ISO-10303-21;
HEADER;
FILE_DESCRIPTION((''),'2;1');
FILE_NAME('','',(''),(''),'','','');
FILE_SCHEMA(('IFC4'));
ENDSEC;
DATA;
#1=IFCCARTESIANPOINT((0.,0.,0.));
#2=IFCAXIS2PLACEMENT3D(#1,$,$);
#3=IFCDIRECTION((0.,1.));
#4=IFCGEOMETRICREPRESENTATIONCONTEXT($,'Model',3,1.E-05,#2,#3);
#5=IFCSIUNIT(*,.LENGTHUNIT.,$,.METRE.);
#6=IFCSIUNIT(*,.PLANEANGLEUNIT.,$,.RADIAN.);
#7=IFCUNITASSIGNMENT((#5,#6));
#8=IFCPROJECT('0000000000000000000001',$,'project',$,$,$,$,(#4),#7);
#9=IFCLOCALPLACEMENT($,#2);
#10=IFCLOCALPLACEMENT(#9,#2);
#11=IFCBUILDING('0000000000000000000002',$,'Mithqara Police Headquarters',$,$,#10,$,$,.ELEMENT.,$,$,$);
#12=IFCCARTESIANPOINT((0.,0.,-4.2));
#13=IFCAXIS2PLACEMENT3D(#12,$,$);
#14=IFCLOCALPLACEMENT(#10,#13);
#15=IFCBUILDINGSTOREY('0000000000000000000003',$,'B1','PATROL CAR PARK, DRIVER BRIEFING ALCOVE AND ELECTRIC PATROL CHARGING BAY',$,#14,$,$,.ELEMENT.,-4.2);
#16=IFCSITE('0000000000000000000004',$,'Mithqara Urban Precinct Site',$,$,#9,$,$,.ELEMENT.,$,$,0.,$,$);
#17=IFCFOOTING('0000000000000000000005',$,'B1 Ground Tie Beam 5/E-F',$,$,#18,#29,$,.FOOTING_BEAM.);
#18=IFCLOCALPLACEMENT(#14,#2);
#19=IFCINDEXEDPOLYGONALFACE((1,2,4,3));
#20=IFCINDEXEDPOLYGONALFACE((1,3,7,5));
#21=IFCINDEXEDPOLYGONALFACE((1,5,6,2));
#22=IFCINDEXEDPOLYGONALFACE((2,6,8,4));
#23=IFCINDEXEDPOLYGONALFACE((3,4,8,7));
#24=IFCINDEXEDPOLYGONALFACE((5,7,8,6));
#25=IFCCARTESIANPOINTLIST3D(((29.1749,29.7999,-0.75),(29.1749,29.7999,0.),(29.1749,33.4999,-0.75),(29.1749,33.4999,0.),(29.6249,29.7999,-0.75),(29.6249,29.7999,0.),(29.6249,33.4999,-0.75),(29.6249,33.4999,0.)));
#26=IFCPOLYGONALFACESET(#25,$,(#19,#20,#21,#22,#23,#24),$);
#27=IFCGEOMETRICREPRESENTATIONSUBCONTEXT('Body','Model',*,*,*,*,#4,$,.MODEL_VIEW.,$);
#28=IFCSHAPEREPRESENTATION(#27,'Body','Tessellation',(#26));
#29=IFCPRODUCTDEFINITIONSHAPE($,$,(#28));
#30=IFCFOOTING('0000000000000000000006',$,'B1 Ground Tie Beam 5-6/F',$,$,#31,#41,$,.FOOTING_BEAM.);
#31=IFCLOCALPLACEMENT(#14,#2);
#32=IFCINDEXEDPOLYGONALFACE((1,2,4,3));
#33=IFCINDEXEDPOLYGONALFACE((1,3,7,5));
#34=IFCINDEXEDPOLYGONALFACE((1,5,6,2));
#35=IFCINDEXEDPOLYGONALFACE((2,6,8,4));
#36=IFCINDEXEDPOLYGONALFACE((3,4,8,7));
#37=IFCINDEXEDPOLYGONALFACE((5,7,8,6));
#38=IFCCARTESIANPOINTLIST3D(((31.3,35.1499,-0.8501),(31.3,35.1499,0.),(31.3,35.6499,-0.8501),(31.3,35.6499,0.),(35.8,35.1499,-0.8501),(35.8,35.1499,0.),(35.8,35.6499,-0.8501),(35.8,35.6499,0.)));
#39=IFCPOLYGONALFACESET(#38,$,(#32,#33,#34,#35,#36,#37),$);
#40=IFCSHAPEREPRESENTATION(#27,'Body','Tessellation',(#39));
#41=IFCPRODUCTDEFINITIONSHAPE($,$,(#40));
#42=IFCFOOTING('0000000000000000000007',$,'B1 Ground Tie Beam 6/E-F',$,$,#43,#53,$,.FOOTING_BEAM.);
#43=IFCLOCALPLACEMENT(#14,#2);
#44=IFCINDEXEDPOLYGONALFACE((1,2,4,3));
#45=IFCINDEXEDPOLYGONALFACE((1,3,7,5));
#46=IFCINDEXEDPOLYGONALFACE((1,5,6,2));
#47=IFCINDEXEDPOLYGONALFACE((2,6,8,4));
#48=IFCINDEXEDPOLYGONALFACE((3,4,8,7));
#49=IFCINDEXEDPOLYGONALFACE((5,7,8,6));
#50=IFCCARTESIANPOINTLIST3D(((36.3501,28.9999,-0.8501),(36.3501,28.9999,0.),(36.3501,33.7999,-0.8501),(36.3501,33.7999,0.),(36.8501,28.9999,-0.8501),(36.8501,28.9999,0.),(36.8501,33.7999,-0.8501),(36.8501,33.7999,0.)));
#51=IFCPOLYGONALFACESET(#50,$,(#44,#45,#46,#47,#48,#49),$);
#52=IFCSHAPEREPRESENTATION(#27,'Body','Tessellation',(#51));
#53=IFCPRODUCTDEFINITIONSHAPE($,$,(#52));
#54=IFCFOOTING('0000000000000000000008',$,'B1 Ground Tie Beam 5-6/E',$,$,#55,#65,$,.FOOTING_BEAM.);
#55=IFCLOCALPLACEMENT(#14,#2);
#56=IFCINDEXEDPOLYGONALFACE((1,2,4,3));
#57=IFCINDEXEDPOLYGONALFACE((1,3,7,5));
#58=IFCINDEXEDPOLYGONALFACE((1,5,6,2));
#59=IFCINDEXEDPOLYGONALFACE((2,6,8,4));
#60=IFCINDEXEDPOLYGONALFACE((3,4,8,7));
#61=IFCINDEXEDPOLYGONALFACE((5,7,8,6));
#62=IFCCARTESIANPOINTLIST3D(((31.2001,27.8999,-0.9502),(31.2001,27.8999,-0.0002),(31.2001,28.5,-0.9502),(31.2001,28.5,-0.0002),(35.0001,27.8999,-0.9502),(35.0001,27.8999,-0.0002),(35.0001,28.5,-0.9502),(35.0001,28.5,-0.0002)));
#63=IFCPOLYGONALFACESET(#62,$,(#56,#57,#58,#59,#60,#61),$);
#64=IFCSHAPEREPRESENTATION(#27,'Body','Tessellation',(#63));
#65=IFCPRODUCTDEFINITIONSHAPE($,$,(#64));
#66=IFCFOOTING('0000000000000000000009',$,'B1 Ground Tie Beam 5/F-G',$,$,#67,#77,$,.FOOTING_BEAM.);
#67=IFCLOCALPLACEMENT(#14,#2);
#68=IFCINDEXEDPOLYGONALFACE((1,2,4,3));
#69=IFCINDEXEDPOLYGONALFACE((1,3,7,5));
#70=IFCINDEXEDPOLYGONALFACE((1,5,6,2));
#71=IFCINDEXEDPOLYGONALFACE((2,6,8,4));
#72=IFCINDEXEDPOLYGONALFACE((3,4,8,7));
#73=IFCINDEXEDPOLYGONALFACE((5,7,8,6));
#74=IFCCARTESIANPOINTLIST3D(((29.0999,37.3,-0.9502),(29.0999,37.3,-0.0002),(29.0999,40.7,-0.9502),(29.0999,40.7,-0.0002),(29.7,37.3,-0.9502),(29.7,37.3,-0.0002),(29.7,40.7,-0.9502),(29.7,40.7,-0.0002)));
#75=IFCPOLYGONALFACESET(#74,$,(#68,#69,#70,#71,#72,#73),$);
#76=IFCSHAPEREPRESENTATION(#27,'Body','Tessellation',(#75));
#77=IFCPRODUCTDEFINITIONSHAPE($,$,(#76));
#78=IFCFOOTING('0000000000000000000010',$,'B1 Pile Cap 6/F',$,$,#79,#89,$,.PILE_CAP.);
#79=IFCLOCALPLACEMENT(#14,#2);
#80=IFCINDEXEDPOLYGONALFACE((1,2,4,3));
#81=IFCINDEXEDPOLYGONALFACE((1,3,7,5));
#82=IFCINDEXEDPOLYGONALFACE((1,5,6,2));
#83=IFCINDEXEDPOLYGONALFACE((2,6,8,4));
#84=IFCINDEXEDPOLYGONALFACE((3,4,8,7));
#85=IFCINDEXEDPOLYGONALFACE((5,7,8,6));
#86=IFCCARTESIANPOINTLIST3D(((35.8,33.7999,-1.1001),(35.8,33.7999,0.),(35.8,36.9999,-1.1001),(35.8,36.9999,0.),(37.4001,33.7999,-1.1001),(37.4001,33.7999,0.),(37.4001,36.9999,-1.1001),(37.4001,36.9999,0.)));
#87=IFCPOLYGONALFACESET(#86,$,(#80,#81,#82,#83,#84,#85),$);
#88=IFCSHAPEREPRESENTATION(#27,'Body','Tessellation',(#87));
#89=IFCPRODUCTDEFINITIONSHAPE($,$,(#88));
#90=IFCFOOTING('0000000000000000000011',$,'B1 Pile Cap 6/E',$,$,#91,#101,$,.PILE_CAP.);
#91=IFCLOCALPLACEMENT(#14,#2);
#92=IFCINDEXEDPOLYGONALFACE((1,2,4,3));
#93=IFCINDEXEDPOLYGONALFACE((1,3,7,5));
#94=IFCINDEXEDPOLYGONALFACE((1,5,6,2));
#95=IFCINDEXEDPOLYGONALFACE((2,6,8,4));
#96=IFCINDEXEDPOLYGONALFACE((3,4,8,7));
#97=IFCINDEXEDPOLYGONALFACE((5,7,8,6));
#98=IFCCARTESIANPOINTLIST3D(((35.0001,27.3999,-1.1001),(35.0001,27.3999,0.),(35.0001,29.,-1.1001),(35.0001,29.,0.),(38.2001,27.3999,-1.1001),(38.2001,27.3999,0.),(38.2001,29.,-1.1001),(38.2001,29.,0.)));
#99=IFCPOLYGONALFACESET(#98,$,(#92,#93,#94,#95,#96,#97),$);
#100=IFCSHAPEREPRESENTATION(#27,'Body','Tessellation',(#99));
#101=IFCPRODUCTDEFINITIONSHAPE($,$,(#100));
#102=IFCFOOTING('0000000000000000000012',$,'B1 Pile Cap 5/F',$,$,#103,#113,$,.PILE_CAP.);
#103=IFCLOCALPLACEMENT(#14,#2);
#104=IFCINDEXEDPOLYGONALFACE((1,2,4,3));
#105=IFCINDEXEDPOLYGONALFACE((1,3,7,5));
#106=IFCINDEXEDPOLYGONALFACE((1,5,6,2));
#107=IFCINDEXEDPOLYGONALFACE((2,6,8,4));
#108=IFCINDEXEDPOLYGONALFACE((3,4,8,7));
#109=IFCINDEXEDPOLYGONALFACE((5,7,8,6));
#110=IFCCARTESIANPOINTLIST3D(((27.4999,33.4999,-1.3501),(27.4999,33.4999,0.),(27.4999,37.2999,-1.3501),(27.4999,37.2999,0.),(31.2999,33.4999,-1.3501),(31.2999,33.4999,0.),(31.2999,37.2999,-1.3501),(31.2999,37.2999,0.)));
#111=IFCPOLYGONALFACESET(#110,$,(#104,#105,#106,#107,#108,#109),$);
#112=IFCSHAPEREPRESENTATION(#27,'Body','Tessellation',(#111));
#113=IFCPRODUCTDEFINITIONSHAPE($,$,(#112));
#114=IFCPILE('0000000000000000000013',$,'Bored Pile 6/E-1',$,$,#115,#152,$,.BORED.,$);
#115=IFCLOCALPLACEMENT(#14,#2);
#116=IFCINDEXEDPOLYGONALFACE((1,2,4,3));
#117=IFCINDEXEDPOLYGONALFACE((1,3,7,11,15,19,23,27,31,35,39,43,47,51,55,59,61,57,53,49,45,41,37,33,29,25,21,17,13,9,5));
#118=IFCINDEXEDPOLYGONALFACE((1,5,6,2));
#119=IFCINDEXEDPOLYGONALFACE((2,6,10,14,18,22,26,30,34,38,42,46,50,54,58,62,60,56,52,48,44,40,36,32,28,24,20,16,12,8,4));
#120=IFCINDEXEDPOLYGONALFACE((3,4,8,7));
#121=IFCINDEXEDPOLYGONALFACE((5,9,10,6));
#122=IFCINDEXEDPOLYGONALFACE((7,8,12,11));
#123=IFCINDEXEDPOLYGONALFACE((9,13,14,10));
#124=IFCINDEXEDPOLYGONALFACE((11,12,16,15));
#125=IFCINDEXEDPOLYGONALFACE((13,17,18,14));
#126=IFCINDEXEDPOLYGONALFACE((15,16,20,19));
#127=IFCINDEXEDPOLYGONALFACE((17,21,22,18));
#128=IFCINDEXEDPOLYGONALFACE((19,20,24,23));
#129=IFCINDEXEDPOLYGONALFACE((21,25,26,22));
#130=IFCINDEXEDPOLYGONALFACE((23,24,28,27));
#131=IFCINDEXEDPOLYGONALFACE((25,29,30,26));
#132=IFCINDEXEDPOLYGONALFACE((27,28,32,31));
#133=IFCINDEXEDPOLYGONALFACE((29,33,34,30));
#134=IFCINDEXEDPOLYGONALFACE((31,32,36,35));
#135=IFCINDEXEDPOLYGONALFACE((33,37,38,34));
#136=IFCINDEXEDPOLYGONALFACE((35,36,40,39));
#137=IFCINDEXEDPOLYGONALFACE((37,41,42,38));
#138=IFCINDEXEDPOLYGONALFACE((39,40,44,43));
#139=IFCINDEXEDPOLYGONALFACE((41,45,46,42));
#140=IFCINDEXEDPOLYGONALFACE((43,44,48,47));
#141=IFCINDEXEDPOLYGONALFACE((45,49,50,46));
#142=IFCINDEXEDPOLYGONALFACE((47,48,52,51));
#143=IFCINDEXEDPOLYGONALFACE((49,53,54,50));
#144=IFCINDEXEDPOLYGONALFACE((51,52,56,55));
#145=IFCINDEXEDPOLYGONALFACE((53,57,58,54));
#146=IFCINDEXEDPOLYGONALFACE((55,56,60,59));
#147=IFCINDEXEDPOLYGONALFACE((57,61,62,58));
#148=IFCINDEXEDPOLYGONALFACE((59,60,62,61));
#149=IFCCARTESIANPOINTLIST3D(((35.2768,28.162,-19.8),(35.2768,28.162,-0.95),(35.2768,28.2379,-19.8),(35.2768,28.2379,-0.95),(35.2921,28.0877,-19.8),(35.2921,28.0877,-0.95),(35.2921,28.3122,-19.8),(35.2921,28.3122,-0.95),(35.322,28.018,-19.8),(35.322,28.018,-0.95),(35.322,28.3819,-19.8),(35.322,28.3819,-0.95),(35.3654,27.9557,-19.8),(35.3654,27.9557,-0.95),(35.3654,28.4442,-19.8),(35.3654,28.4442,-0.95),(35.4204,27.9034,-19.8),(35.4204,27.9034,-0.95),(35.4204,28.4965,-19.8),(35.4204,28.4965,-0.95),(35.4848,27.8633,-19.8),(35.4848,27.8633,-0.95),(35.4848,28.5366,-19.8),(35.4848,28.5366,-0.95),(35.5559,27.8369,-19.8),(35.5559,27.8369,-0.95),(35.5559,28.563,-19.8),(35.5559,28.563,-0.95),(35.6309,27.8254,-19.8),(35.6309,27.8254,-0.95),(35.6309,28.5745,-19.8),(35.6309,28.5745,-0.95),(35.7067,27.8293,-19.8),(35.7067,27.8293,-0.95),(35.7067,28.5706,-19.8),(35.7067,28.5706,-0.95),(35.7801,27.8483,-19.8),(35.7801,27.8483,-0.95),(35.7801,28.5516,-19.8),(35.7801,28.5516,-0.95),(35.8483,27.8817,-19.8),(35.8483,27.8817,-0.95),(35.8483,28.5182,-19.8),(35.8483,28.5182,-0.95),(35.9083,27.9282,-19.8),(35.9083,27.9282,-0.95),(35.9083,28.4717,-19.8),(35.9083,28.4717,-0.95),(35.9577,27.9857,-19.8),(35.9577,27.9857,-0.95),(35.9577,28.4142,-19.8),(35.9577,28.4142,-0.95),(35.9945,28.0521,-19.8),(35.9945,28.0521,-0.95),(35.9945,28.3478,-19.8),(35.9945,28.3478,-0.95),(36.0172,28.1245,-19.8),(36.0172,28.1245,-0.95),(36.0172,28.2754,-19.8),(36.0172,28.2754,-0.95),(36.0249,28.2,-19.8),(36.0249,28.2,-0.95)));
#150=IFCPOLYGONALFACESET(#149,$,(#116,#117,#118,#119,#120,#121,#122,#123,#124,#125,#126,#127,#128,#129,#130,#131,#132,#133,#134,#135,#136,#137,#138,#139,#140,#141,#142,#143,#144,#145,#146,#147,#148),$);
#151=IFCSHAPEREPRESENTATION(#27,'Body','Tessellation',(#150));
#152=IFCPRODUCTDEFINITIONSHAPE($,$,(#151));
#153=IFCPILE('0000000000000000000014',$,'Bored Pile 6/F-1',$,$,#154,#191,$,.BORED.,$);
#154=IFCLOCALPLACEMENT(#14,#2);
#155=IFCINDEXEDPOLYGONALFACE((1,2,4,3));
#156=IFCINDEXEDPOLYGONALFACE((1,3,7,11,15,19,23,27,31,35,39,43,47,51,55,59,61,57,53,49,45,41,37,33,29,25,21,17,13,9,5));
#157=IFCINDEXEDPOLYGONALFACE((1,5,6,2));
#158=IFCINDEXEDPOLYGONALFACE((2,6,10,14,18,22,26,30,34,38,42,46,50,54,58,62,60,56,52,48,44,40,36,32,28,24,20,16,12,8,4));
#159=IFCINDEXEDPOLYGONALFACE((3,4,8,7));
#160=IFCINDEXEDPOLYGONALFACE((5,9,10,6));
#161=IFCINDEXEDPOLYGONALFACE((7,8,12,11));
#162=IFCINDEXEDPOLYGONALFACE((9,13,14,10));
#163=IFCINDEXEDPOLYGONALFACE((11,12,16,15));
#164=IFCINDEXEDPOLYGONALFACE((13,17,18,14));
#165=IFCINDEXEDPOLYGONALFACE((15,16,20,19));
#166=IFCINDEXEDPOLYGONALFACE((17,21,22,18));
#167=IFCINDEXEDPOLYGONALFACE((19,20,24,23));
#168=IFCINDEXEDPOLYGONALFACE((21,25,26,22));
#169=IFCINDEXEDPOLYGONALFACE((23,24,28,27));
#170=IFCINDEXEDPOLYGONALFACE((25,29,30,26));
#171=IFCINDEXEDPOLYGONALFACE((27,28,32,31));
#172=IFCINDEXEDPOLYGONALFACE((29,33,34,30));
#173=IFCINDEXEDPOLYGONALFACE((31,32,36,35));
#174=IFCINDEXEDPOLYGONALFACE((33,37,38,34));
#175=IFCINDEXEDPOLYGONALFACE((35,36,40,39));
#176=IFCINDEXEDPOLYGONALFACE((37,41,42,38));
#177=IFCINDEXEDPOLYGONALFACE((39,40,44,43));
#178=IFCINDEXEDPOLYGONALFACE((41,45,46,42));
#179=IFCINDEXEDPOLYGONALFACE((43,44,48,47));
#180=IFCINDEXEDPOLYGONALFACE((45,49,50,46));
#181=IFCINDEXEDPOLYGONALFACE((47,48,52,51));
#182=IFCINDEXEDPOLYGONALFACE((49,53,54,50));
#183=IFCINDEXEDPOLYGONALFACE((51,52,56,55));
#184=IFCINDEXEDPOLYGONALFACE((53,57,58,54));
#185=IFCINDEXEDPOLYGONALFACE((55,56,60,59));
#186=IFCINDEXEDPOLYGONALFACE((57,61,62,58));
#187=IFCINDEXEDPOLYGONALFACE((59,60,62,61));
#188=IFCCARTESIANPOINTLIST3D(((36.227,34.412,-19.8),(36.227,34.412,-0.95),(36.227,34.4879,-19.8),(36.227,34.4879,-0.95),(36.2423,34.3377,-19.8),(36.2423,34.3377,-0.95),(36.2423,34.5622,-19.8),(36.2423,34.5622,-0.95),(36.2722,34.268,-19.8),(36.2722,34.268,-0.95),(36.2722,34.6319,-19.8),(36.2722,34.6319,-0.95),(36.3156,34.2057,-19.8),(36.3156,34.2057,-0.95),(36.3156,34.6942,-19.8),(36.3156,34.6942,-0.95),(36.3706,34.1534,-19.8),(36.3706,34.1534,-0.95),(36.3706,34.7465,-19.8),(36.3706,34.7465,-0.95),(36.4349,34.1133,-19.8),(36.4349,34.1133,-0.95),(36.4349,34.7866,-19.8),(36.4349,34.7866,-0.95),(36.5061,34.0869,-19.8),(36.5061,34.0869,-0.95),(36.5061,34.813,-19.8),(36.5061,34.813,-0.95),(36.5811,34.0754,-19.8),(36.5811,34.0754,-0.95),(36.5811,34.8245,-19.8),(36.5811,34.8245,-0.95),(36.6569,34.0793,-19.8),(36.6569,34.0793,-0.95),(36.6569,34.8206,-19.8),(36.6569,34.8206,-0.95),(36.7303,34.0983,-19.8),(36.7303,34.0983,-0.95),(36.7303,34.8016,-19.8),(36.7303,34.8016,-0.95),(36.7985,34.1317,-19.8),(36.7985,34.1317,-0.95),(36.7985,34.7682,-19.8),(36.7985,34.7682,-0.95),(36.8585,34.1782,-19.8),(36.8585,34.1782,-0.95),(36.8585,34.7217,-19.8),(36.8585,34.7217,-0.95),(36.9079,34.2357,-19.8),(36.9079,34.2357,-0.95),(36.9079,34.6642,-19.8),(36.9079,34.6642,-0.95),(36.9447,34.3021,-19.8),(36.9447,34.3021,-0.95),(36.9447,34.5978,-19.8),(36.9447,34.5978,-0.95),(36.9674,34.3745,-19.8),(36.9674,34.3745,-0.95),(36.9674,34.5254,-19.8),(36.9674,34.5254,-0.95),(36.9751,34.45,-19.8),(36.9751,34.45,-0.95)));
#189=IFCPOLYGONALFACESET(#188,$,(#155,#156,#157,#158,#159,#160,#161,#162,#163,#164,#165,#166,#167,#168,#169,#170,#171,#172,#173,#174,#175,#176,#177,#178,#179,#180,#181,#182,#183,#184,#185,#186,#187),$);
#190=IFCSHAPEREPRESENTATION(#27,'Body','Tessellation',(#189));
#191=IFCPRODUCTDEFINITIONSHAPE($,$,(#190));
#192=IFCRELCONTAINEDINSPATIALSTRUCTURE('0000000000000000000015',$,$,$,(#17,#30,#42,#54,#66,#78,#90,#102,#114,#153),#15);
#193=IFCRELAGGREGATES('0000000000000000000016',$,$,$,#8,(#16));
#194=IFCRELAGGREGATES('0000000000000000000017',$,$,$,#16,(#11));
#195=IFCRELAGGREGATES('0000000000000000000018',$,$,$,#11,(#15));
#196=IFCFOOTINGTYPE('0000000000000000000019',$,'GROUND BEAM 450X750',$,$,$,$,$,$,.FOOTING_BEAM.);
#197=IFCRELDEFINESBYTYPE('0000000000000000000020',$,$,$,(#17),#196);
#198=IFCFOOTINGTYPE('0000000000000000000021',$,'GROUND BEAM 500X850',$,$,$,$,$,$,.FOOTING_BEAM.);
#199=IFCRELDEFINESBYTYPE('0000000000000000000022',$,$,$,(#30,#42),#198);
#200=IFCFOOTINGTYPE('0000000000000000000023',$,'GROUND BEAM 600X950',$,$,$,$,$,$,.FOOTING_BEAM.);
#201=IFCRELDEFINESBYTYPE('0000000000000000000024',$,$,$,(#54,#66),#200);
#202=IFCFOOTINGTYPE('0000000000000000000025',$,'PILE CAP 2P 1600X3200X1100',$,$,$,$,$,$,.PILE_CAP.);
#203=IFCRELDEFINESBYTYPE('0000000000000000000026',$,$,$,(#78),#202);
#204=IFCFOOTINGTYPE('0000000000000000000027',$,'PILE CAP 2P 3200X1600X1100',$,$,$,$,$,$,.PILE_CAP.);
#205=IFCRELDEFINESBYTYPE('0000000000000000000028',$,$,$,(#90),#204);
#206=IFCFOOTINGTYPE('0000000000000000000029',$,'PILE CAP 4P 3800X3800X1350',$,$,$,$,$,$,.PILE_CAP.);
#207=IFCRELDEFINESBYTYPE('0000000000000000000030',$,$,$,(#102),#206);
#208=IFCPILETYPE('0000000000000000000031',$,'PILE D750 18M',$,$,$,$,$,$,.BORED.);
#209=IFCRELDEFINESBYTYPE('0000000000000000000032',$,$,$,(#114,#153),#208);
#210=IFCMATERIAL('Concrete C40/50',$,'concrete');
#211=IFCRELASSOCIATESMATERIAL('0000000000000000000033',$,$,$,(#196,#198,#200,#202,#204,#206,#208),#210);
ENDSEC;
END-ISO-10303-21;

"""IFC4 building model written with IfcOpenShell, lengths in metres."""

from ifc_helpers import new_model, si_unit, direction, frame, origin, origin_2d, place, context, subcontext, project, spatial, rectangle, circle, extrude, material, material_profile, profile_set, type_object, element, save


model = new_model("IFC4")

# Units and contexts
model_context = context("Model", 3, precision=1e-05, world=origin(), true_north=direction((0.0, 1.0)))
body_context = subcontext(model_context, "Body", "Model", "MODEL_VIEW")
ifc_project = project(units=[si_unit("LENGTHUNIT", "METRE"), si_unit("PLANEANGLEUNIT", "RADIAN")], contexts=[model_context])

# Site, building, storey
site_placement = place(None, origin())
site = spatial("IfcSite", under=ifc_project, at=site_placement, Name="Mithqara Urban Precinct Site", CompositionType="ELEMENT", RefElevation=0.0)
building_placement = place(site_placement, origin())
building = spatial("IfcBuilding", under=site, at=building_placement, Name="Mithqara Police Headquarters", CompositionType="ELEMENT")
storey_placement = place(building_placement, frame((0.0, 0.0, -4.2)))
storey = spatial("IfcBuildingStorey", under=building, at=storey_placement, Name="B1", Description="PATROL CAR PARK, DRIVER BRIEFING ALCOVE AND ELECTRIC PATROL CHARGING BAY", CompositionType="ELEMENT", Elevation=-4.2)

# Footings
ifc_material_1 = material(Name="Concrete C40/50", Category="concrete")
footing_type_1 = type_object("IfcFootingType", Name="GROUND BEAM 450X750", PredefinedType="FOOTING_BEAM", material=ifc_material_1)
footing_1_placement = place(storey_placement, frame((29.3999, 31.6499, -0.75), z_axis=(0.0, 0.0, 1.0), x_axis=(1.0, 0.0, 0.0)))
element("IfcFooting", 1, at=footing_1_placement, inside=storey, type_object=footing_type_1, Name="B1 Ground Tie Beam 5/E-F", PredefinedType="FOOTING_BEAM", context=body_context, shape_type="SweptSolid", body=[
    extrude(rectangle(XDim=0.45, YDim=3.7, at=origin_2d()), origin(), (0.0, 0.0, 1.0), 0.75),
])
footing_type_2 = type_object("IfcFootingType", Name="GROUND BEAM 500X850", PredefinedType="FOOTING_BEAM", material=ifc_material_1)
footing_2_placement = place(storey_placement, frame((33.55, 35.3999, -0.8501), z_axis=(0.0, 0.0, 1.0), x_axis=(1.0, 0.0, 0.0)))
element("IfcFooting", 2, at=footing_2_placement, inside=storey, type_object=footing_type_2, Name="B1 Ground Tie Beam 5-6/F", PredefinedType="FOOTING_BEAM", context=body_context, shape_type="SweptSolid", body=[
    extrude(rectangle(XDim=4.5, YDim=0.5, at=origin_2d()), origin(), (0.0, 0.0, 1.0), 0.8501),
])
footing_3_placement = place(storey_placement, frame((36.6001, 31.3999, -0.8501), z_axis=(0.0, 0.0, 1.0), x_axis=(1.0, 0.0, 0.0)))
element("IfcFooting", 3, at=footing_3_placement, inside=storey, type_object=footing_type_2, Name="B1 Ground Tie Beam 6/E-F", PredefinedType="FOOTING_BEAM", context=body_context, shape_type="SweptSolid", body=[
    extrude(rectangle(XDim=0.5, YDim=4.8, at=origin_2d()), origin(), (0.0, 0.0, 1.0), 0.8501),
])
footing_type_3 = type_object("IfcFootingType", Name="GROUND BEAM 600X950", PredefinedType="FOOTING_BEAM", material=ifc_material_1)
footing_4_placement = place(storey_placement, frame((33.1001, 28.2, -0.9502), z_axis=(0.0, 0.0, 1.0), x_axis=(1.0, 0.0, 0.0)))
element("IfcFooting", 4, at=footing_4_placement, inside=storey, type_object=footing_type_3, Name="B1 Ground Tie Beam 5-6/E", PredefinedType="FOOTING_BEAM", context=body_context, shape_type="SweptSolid", body=[
    extrude(rectangle(XDim=3.8, YDim=0.6001, at=origin_2d()), origin(), (0.0, 0.0, 1.0), 0.95),
])
footing_5_placement = place(storey_placement, frame((29.3999, 39.0, -0.9502), z_axis=(0.0, 0.0, 1.0), x_axis=(1.0, 0.0, 0.0)))
element("IfcFooting", 5, at=footing_5_placement, inside=storey, type_object=footing_type_3, Name="B1 Ground Tie Beam 5/F-G", PredefinedType="FOOTING_BEAM", context=body_context, shape_type="SweptSolid", body=[
    extrude(rectangle(XDim=0.6001, YDim=3.3999, at=origin_2d()), origin(), (0.0, 0.0, 1.0), 0.95),
])
footing_type_4 = type_object("IfcFootingType", Name="PILE CAP 2P 1600X3200X1100", PredefinedType="PILE_CAP", material=ifc_material_1)
footing_6_placement = place(storey_placement, frame((36.6001, 35.3999, -1.1001), z_axis=(0.0, 0.0, 1.0), x_axis=(1.0, 0.0, 0.0)))
element("IfcFooting", 6, at=footing_6_placement, inside=storey, type_object=footing_type_4, Name="B1 Pile Cap 6/F", PredefinedType="PILE_CAP", context=body_context, shape_type="SweptSolid", body=[
    extrude(rectangle(XDim=1.6001, YDim=3.2, at=origin_2d()), origin(), (0.0, 0.0, 1.0), 1.1001),
])
footing_type_5 = type_object("IfcFootingType", Name="PILE CAP 2P 3200X1600X1100", PredefinedType="PILE_CAP", material=ifc_material_1)
footing_7_placement = place(storey_placement, frame((36.6001, 28.2, -1.1001), z_axis=(0.0, 0.0, 1.0), x_axis=(1.0, 0.0, 0.0)))
element("IfcFooting", 7, at=footing_7_placement, inside=storey, type_object=footing_type_5, Name="B1 Pile Cap 6/E", PredefinedType="PILE_CAP", context=body_context, shape_type="SweptSolid", body=[
    extrude(rectangle(XDim=3.2, YDim=1.6001, at=origin_2d()), origin(), (0.0, 0.0, 1.0), 1.1001),
])
footing_type_6 = type_object("IfcFootingType", Name="PILE CAP 4P 3800X3800X1350", PredefinedType="PILE_CAP", material=ifc_material_1)
footing_8_placement = place(storey_placement, frame((29.3999, 35.3999, -1.3501), z_axis=(0.0, 0.0, 1.0), x_axis=(1.0, 0.0, 0.0)))
element("IfcFooting", 8, at=footing_8_placement, inside=storey, type_object=footing_type_6, Name="B1 Pile Cap 5/F", PredefinedType="PILE_CAP", context=body_context, shape_type="SweptSolid", body=[
    extrude(rectangle(XDim=3.8, YDim=3.8, at=origin_2d()), origin(), (0.0, 0.0, 1.0), 1.3501),
])

# Piles
ifc_material_profile_1 = material_profile(ifc_material_1, circle(Radius=0.375, at=origin_2d()), Name="PILE D750")
ifc_profile_set_1 = profile_set([ifc_material_profile_1], Name="Concrete C40/50")
pile_type_1 = type_object("IfcPileType", Name="PILE D750 18M", PredefinedType="BORED", material=ifc_profile_set_1)
for number, where, z_axis, x_axis, name in (
    (9, (35.6499, 28.2, -0.95), (0.0, 0.0, -1.0), (1.0, 0.0, 0.0), "Bored Pile 6/E-1"),
    (10, (36.6001, 34.45, -0.95), (0.0, 0.0, -1.0), (1.0, 0.0, 0.0), "Bored Pile 6/F-1"),
):
    element("IfcPile", number, at=place(storey_placement, frame(where, z_axis=z_axis, x_axis=x_axis)), inside=storey, type_object=pile_type_1, Name=name, PredefinedType="BORED", context=body_context, shape_type="SweptSolid", body=[
        extrude(circle(Radius=0.375, at=origin_2d()), origin(), (0.0, 0.0, 1.0), 18.8501),
    ])

save(model, "model.ifc")
